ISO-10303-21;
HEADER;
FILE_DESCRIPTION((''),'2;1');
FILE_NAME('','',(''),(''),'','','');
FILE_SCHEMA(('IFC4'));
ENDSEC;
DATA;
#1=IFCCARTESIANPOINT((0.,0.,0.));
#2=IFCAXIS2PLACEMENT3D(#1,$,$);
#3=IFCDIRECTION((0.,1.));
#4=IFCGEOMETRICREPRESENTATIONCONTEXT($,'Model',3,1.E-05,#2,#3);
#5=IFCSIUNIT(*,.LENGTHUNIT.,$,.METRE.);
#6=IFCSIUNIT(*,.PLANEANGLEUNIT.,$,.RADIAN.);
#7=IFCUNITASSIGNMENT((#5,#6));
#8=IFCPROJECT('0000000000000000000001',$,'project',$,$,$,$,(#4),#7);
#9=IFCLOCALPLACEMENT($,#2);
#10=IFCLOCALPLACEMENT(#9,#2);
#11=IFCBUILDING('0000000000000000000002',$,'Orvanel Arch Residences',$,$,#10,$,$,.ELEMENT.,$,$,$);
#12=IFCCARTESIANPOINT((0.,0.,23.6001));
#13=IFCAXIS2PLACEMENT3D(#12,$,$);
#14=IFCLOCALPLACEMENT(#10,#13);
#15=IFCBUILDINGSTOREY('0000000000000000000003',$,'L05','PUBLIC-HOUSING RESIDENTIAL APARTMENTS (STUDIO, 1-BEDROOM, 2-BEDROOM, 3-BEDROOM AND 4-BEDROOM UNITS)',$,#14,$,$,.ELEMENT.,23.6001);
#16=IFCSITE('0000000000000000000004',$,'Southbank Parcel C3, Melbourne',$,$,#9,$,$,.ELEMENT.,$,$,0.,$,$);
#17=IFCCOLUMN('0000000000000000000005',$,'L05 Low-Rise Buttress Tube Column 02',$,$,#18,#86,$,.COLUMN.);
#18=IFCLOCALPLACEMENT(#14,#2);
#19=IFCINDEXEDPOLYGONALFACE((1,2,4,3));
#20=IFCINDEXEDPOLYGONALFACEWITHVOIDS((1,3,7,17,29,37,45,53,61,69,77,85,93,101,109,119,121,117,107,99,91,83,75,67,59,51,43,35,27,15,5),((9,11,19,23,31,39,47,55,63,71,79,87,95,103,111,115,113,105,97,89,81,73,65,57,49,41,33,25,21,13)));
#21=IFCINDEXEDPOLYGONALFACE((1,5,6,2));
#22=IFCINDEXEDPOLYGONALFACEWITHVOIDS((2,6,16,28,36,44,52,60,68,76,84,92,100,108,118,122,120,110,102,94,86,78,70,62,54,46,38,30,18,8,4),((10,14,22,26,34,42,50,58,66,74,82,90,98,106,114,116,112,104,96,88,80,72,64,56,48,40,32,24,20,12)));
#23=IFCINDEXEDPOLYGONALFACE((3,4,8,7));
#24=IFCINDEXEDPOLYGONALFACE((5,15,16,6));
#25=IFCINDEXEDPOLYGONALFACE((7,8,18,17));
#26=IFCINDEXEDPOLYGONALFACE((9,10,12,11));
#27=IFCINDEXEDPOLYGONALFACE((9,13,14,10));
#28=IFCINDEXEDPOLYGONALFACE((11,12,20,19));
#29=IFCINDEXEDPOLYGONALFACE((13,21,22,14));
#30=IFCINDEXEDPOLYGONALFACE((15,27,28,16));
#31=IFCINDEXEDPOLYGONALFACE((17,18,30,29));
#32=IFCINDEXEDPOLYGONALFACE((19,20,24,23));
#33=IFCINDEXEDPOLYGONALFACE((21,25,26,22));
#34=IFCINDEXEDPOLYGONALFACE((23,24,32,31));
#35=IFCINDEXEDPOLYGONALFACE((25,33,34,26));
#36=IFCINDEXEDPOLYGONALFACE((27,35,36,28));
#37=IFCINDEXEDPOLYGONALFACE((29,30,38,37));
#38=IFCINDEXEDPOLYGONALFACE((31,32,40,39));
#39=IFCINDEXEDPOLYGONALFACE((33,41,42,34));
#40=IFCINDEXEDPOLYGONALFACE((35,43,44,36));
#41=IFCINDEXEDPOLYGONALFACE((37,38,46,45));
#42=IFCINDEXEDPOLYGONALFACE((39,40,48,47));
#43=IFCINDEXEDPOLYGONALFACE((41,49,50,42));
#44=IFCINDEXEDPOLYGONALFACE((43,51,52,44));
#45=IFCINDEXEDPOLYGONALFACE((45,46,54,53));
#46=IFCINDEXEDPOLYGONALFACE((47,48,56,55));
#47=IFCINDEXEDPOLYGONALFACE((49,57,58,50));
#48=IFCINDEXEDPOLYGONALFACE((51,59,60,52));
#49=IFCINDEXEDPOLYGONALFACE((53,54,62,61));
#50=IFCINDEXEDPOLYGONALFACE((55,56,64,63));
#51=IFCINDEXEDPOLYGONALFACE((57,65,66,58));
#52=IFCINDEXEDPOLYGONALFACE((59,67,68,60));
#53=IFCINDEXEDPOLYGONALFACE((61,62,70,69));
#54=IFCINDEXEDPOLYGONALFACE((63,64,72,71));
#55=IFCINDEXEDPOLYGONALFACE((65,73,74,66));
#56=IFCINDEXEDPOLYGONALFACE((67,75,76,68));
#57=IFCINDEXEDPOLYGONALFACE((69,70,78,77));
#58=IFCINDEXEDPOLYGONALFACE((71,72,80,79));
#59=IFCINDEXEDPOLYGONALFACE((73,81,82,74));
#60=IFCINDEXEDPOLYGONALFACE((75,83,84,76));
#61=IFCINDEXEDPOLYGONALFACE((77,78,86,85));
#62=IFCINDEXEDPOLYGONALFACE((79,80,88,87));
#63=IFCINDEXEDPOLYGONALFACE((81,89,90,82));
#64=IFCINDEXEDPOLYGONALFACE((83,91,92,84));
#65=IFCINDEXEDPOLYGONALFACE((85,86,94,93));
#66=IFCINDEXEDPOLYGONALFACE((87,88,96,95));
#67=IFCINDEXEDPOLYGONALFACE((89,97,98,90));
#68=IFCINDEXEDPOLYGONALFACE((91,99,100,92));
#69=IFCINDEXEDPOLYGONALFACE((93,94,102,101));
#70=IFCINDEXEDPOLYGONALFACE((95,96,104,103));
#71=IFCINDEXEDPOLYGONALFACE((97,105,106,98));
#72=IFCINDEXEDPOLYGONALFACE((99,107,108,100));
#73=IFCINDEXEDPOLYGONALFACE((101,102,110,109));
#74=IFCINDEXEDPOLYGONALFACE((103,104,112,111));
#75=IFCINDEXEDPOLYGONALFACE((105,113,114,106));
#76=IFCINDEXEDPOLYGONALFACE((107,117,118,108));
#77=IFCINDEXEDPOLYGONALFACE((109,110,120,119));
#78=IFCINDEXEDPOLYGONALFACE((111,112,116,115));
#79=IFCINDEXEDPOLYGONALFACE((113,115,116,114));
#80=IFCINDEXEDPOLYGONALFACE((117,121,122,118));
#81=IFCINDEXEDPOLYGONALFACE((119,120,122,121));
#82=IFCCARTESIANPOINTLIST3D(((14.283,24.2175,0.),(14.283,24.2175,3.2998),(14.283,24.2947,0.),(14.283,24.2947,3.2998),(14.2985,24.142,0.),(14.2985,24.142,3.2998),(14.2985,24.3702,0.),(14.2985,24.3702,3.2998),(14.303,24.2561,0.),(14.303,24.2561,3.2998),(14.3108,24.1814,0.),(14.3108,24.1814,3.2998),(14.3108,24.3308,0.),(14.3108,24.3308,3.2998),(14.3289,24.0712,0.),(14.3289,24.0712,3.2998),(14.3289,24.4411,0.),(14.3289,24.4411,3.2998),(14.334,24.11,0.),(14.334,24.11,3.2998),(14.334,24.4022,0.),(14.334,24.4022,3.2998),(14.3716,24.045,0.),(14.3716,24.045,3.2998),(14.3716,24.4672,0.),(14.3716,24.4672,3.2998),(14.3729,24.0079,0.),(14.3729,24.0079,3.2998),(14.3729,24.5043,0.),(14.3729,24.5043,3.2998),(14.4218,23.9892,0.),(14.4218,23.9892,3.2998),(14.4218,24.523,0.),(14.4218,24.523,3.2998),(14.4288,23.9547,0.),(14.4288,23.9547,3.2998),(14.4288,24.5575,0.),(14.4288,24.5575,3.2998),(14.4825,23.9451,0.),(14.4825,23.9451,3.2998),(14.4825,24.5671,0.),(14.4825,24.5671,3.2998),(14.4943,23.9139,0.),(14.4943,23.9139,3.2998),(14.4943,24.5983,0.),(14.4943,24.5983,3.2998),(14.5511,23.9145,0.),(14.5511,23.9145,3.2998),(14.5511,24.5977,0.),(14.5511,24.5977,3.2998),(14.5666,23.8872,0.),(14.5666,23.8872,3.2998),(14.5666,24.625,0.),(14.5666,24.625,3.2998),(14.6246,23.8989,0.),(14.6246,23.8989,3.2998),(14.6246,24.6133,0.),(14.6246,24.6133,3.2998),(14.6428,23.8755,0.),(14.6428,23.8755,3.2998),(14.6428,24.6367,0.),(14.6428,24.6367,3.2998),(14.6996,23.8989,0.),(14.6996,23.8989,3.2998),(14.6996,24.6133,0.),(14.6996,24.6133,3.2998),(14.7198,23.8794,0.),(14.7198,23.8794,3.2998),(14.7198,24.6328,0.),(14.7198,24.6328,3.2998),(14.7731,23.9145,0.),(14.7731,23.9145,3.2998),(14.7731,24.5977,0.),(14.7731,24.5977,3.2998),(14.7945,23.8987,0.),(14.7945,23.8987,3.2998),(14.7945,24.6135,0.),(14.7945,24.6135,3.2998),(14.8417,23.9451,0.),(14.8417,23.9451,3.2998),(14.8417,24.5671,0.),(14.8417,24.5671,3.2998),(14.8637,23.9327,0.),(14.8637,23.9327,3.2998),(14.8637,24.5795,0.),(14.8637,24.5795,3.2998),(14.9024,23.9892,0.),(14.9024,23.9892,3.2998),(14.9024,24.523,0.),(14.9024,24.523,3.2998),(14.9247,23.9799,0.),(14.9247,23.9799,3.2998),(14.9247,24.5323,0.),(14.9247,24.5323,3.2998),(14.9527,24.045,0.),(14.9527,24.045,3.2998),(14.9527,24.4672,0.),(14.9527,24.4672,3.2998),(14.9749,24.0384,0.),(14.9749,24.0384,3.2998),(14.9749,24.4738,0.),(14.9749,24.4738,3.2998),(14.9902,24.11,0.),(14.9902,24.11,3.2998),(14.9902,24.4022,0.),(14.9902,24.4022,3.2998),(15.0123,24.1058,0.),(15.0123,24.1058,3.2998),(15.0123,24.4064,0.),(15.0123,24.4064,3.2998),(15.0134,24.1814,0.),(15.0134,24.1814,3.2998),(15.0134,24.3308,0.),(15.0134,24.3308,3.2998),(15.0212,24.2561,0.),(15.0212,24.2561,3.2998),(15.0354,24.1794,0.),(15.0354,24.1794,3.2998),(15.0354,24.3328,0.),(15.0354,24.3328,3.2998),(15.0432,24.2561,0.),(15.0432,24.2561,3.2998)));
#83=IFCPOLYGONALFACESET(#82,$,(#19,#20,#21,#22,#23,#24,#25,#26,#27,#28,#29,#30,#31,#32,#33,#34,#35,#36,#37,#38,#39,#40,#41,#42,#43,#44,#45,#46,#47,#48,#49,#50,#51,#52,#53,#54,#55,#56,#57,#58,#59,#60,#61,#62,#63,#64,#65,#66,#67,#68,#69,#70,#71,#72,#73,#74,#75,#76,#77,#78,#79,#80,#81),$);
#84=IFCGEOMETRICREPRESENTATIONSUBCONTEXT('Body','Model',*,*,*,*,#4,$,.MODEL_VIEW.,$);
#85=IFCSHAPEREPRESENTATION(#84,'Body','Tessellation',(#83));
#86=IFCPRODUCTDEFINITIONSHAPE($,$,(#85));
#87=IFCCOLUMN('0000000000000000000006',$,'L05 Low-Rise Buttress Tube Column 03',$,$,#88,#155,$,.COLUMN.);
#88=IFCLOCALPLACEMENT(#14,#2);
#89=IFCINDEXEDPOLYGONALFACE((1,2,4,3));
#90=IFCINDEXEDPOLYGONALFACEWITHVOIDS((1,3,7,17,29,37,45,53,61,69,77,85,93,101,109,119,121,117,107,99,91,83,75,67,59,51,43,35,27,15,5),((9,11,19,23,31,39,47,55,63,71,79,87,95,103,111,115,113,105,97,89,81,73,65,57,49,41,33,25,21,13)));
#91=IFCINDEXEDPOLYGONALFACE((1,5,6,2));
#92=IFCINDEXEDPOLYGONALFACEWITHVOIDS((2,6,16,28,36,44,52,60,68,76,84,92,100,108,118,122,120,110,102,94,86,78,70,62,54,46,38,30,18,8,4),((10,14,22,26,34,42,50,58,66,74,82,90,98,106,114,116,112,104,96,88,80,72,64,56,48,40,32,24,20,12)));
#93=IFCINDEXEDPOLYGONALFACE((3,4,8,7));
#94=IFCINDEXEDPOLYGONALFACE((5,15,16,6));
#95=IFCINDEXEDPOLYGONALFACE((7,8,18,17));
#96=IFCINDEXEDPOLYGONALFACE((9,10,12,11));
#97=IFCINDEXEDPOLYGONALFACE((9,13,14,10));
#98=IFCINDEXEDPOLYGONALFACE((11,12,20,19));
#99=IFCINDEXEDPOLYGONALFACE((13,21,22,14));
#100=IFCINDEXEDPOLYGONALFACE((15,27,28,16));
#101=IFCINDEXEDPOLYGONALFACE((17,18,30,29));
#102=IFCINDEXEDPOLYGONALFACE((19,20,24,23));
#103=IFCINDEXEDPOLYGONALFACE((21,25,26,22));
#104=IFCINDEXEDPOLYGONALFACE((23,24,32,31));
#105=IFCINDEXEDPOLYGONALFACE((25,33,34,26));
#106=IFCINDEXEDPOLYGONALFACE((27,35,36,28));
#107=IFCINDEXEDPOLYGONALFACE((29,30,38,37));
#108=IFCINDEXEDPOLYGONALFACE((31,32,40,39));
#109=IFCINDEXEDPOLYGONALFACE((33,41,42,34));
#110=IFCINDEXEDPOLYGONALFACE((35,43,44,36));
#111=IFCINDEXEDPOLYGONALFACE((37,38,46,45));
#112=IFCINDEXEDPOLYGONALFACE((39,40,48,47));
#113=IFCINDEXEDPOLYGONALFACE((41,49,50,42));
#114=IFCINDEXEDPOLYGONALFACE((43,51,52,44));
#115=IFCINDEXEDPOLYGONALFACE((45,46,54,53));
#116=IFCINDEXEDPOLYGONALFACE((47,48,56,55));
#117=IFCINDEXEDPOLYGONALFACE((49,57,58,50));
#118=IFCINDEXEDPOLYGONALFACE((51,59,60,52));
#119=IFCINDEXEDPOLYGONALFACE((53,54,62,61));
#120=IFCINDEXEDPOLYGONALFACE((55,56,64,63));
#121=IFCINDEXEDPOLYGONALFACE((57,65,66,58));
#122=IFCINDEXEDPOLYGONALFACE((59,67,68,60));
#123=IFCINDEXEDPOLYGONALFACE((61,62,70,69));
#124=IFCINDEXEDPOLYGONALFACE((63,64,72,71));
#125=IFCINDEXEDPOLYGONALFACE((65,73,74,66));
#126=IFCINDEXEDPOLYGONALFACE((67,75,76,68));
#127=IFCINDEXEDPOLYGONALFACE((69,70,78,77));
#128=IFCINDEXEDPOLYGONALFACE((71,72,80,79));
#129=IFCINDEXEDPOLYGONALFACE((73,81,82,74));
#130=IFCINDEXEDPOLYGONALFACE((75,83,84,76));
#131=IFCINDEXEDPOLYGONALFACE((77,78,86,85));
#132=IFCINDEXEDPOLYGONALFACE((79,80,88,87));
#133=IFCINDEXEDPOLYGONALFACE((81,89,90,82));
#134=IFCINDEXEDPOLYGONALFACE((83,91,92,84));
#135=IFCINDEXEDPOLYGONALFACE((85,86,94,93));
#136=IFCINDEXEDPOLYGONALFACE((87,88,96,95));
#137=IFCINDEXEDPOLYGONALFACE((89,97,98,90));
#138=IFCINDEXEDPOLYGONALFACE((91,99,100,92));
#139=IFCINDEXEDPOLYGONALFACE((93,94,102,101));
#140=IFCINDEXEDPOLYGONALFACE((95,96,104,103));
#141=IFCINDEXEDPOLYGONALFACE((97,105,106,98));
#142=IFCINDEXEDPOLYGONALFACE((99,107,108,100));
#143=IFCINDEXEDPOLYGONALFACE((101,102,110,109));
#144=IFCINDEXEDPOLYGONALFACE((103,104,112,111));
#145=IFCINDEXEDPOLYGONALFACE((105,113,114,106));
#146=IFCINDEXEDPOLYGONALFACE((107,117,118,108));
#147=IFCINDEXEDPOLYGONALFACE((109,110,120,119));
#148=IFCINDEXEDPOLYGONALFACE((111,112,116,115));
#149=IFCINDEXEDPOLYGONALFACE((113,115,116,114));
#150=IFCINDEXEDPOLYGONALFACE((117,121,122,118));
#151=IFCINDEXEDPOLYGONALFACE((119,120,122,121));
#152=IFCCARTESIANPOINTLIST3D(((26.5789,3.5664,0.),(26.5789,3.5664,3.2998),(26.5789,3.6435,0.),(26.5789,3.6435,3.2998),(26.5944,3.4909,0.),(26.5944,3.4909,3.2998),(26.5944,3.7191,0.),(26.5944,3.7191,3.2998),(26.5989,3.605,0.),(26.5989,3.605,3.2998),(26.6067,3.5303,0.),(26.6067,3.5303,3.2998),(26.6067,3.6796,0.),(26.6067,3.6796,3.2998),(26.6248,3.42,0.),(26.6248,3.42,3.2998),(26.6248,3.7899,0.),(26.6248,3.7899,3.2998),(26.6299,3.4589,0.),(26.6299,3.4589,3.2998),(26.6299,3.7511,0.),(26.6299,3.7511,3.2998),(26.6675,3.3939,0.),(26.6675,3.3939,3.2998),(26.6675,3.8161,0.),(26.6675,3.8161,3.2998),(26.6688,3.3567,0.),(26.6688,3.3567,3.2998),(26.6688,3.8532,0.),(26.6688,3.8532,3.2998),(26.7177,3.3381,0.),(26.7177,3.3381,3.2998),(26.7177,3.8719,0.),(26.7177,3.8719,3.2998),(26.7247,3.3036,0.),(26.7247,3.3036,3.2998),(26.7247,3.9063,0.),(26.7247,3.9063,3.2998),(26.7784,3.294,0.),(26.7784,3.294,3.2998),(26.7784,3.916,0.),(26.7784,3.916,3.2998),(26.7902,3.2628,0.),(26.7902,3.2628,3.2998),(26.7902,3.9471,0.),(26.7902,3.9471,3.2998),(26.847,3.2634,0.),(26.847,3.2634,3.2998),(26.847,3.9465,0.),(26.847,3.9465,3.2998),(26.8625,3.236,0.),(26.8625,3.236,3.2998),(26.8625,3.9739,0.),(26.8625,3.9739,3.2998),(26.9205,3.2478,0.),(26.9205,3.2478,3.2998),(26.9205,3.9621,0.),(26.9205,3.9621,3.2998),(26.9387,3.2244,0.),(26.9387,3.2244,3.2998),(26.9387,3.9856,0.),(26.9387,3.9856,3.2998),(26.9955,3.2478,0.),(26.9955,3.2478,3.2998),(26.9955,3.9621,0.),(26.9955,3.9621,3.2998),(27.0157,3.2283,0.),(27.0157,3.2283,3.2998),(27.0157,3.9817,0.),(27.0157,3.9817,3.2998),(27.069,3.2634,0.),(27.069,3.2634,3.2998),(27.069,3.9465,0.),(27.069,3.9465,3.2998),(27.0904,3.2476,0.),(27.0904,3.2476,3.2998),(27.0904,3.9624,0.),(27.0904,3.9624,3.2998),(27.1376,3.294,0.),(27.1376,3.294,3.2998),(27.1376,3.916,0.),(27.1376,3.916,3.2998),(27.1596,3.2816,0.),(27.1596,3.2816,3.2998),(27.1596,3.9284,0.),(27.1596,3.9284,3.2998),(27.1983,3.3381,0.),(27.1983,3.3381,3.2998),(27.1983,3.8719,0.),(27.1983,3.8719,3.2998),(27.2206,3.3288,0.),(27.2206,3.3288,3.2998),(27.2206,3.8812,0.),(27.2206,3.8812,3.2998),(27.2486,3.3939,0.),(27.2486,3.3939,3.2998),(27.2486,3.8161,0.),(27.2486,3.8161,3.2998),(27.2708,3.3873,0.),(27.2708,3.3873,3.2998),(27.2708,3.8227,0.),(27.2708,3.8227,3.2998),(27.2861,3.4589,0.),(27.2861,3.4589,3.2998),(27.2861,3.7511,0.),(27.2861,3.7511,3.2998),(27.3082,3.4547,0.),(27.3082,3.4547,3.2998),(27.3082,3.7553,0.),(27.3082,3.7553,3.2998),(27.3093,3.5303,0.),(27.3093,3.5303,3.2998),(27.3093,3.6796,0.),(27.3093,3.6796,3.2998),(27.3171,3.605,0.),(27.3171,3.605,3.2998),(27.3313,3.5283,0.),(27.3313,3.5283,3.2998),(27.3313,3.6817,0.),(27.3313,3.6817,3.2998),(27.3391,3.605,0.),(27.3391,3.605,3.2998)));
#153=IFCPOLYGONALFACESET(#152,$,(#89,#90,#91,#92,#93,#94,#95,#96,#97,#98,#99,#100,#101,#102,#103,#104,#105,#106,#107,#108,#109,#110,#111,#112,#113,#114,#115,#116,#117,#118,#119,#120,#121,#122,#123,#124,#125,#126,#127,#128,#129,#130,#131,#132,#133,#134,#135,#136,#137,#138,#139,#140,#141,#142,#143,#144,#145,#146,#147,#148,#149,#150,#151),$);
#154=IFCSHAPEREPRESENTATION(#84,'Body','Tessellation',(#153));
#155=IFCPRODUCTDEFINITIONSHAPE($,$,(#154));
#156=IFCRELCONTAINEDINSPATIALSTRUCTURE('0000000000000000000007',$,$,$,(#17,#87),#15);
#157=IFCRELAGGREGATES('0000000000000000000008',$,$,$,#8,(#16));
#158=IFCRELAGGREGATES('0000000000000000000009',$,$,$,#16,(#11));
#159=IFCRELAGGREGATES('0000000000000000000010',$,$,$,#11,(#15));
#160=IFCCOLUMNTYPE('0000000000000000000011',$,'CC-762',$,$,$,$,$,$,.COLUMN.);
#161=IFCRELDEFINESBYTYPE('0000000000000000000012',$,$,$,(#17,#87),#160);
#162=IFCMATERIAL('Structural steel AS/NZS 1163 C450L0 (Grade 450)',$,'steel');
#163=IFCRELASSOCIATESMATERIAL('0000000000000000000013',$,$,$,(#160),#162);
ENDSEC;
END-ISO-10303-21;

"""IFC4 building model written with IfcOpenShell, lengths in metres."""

from ifc_helpers import new_model, si_unit, direction, frame, origin, origin_2d, place, context, subcontext, project, spatial, hollow_circle, extrude, material, material_profile, profile_set, type_object, element, save


model = new_model("IFC4")

# Units and contexts
model_context = context("Model", 3, precision=1e-05, world=origin(), true_north=direction((0.0, 1.0)))
body_context = subcontext(model_context, "Body", "Model", "MODEL_VIEW")
ifc_project = project(units=[si_unit("LENGTHUNIT", "METRE"), si_unit("PLANEANGLEUNIT", "RADIAN")], contexts=[model_context])

# Site, building, storey
site_placement = place(None, origin())
site = spatial("IfcSite", under=ifc_project, at=site_placement, Name="Southbank Parcel C3, Melbourne", CompositionType="ELEMENT", RefElevation=0.0)
building_placement = place(site_placement, origin())
building = spatial("IfcBuilding", under=site, at=building_placement, Name="Orvanel Arch Residences", CompositionType="ELEMENT")
storey_placement = place(building_placement, frame((0.0, 0.0, 23.6001)))
storey = spatial("IfcBuildingStorey", under=building, at=storey_placement, Name="L05", Description="PUBLIC-HOUSING RESIDENTIAL APARTMENTS (STUDIO, 1-BEDROOM, 2-BEDROOM, 3-BEDROOM AND 4-BEDROOM UNITS)", CompositionType="ELEMENT", Elevation=23.6001)

# Columns
ifc_material_1 = material(Name="Structural steel AS/NZS 1163 C450L0 (Grade 450)", Category="steel")
ifc_material_profile_1 = material_profile(ifc_material_1, hollow_circle(Radius=0.3811, WallThickness=0.022, at=origin_2d()), Name="CHS762x22")
ifc_profile_set_1 = profile_set([ifc_material_profile_1], Name="Structural steel AS/NZS 1163 C450L0 (Grade 450)")
column_type_1 = type_object("IfcColumnType", Name="CC-762", PredefinedType="COLUMN", material=ifc_profile_set_1)
for number, where, z_axis, x_axis, name in (
    (1, (14.6621, 24.2561, 0.0), (0.0, 0.0, 1.0), (1.0, 0.0, 0.0), "L05 Low-Rise Buttress Tube Column 02"),
    (2, (26.958, 3.605, 0.0), (0.0, 0.0, 1.0), (1.0, 0.0, 0.0), "L05 Low-Rise Buttress Tube Column 03"),
):
    element("IfcColumn", number, at=place(storey_placement, frame(where, z_axis=z_axis, x_axis=x_axis)), inside=storey, type_object=column_type_1, Name=name, PredefinedType="COLUMN", context=body_context, shape_type="SweptSolid", body=[
        extrude(hollow_circle(Radius=0.3811, WallThickness=0.022, at=origin_2d()), origin(), (0.0, 0.0, 1.0), 3.2998),
    ])

save(model, "model.ifc")
